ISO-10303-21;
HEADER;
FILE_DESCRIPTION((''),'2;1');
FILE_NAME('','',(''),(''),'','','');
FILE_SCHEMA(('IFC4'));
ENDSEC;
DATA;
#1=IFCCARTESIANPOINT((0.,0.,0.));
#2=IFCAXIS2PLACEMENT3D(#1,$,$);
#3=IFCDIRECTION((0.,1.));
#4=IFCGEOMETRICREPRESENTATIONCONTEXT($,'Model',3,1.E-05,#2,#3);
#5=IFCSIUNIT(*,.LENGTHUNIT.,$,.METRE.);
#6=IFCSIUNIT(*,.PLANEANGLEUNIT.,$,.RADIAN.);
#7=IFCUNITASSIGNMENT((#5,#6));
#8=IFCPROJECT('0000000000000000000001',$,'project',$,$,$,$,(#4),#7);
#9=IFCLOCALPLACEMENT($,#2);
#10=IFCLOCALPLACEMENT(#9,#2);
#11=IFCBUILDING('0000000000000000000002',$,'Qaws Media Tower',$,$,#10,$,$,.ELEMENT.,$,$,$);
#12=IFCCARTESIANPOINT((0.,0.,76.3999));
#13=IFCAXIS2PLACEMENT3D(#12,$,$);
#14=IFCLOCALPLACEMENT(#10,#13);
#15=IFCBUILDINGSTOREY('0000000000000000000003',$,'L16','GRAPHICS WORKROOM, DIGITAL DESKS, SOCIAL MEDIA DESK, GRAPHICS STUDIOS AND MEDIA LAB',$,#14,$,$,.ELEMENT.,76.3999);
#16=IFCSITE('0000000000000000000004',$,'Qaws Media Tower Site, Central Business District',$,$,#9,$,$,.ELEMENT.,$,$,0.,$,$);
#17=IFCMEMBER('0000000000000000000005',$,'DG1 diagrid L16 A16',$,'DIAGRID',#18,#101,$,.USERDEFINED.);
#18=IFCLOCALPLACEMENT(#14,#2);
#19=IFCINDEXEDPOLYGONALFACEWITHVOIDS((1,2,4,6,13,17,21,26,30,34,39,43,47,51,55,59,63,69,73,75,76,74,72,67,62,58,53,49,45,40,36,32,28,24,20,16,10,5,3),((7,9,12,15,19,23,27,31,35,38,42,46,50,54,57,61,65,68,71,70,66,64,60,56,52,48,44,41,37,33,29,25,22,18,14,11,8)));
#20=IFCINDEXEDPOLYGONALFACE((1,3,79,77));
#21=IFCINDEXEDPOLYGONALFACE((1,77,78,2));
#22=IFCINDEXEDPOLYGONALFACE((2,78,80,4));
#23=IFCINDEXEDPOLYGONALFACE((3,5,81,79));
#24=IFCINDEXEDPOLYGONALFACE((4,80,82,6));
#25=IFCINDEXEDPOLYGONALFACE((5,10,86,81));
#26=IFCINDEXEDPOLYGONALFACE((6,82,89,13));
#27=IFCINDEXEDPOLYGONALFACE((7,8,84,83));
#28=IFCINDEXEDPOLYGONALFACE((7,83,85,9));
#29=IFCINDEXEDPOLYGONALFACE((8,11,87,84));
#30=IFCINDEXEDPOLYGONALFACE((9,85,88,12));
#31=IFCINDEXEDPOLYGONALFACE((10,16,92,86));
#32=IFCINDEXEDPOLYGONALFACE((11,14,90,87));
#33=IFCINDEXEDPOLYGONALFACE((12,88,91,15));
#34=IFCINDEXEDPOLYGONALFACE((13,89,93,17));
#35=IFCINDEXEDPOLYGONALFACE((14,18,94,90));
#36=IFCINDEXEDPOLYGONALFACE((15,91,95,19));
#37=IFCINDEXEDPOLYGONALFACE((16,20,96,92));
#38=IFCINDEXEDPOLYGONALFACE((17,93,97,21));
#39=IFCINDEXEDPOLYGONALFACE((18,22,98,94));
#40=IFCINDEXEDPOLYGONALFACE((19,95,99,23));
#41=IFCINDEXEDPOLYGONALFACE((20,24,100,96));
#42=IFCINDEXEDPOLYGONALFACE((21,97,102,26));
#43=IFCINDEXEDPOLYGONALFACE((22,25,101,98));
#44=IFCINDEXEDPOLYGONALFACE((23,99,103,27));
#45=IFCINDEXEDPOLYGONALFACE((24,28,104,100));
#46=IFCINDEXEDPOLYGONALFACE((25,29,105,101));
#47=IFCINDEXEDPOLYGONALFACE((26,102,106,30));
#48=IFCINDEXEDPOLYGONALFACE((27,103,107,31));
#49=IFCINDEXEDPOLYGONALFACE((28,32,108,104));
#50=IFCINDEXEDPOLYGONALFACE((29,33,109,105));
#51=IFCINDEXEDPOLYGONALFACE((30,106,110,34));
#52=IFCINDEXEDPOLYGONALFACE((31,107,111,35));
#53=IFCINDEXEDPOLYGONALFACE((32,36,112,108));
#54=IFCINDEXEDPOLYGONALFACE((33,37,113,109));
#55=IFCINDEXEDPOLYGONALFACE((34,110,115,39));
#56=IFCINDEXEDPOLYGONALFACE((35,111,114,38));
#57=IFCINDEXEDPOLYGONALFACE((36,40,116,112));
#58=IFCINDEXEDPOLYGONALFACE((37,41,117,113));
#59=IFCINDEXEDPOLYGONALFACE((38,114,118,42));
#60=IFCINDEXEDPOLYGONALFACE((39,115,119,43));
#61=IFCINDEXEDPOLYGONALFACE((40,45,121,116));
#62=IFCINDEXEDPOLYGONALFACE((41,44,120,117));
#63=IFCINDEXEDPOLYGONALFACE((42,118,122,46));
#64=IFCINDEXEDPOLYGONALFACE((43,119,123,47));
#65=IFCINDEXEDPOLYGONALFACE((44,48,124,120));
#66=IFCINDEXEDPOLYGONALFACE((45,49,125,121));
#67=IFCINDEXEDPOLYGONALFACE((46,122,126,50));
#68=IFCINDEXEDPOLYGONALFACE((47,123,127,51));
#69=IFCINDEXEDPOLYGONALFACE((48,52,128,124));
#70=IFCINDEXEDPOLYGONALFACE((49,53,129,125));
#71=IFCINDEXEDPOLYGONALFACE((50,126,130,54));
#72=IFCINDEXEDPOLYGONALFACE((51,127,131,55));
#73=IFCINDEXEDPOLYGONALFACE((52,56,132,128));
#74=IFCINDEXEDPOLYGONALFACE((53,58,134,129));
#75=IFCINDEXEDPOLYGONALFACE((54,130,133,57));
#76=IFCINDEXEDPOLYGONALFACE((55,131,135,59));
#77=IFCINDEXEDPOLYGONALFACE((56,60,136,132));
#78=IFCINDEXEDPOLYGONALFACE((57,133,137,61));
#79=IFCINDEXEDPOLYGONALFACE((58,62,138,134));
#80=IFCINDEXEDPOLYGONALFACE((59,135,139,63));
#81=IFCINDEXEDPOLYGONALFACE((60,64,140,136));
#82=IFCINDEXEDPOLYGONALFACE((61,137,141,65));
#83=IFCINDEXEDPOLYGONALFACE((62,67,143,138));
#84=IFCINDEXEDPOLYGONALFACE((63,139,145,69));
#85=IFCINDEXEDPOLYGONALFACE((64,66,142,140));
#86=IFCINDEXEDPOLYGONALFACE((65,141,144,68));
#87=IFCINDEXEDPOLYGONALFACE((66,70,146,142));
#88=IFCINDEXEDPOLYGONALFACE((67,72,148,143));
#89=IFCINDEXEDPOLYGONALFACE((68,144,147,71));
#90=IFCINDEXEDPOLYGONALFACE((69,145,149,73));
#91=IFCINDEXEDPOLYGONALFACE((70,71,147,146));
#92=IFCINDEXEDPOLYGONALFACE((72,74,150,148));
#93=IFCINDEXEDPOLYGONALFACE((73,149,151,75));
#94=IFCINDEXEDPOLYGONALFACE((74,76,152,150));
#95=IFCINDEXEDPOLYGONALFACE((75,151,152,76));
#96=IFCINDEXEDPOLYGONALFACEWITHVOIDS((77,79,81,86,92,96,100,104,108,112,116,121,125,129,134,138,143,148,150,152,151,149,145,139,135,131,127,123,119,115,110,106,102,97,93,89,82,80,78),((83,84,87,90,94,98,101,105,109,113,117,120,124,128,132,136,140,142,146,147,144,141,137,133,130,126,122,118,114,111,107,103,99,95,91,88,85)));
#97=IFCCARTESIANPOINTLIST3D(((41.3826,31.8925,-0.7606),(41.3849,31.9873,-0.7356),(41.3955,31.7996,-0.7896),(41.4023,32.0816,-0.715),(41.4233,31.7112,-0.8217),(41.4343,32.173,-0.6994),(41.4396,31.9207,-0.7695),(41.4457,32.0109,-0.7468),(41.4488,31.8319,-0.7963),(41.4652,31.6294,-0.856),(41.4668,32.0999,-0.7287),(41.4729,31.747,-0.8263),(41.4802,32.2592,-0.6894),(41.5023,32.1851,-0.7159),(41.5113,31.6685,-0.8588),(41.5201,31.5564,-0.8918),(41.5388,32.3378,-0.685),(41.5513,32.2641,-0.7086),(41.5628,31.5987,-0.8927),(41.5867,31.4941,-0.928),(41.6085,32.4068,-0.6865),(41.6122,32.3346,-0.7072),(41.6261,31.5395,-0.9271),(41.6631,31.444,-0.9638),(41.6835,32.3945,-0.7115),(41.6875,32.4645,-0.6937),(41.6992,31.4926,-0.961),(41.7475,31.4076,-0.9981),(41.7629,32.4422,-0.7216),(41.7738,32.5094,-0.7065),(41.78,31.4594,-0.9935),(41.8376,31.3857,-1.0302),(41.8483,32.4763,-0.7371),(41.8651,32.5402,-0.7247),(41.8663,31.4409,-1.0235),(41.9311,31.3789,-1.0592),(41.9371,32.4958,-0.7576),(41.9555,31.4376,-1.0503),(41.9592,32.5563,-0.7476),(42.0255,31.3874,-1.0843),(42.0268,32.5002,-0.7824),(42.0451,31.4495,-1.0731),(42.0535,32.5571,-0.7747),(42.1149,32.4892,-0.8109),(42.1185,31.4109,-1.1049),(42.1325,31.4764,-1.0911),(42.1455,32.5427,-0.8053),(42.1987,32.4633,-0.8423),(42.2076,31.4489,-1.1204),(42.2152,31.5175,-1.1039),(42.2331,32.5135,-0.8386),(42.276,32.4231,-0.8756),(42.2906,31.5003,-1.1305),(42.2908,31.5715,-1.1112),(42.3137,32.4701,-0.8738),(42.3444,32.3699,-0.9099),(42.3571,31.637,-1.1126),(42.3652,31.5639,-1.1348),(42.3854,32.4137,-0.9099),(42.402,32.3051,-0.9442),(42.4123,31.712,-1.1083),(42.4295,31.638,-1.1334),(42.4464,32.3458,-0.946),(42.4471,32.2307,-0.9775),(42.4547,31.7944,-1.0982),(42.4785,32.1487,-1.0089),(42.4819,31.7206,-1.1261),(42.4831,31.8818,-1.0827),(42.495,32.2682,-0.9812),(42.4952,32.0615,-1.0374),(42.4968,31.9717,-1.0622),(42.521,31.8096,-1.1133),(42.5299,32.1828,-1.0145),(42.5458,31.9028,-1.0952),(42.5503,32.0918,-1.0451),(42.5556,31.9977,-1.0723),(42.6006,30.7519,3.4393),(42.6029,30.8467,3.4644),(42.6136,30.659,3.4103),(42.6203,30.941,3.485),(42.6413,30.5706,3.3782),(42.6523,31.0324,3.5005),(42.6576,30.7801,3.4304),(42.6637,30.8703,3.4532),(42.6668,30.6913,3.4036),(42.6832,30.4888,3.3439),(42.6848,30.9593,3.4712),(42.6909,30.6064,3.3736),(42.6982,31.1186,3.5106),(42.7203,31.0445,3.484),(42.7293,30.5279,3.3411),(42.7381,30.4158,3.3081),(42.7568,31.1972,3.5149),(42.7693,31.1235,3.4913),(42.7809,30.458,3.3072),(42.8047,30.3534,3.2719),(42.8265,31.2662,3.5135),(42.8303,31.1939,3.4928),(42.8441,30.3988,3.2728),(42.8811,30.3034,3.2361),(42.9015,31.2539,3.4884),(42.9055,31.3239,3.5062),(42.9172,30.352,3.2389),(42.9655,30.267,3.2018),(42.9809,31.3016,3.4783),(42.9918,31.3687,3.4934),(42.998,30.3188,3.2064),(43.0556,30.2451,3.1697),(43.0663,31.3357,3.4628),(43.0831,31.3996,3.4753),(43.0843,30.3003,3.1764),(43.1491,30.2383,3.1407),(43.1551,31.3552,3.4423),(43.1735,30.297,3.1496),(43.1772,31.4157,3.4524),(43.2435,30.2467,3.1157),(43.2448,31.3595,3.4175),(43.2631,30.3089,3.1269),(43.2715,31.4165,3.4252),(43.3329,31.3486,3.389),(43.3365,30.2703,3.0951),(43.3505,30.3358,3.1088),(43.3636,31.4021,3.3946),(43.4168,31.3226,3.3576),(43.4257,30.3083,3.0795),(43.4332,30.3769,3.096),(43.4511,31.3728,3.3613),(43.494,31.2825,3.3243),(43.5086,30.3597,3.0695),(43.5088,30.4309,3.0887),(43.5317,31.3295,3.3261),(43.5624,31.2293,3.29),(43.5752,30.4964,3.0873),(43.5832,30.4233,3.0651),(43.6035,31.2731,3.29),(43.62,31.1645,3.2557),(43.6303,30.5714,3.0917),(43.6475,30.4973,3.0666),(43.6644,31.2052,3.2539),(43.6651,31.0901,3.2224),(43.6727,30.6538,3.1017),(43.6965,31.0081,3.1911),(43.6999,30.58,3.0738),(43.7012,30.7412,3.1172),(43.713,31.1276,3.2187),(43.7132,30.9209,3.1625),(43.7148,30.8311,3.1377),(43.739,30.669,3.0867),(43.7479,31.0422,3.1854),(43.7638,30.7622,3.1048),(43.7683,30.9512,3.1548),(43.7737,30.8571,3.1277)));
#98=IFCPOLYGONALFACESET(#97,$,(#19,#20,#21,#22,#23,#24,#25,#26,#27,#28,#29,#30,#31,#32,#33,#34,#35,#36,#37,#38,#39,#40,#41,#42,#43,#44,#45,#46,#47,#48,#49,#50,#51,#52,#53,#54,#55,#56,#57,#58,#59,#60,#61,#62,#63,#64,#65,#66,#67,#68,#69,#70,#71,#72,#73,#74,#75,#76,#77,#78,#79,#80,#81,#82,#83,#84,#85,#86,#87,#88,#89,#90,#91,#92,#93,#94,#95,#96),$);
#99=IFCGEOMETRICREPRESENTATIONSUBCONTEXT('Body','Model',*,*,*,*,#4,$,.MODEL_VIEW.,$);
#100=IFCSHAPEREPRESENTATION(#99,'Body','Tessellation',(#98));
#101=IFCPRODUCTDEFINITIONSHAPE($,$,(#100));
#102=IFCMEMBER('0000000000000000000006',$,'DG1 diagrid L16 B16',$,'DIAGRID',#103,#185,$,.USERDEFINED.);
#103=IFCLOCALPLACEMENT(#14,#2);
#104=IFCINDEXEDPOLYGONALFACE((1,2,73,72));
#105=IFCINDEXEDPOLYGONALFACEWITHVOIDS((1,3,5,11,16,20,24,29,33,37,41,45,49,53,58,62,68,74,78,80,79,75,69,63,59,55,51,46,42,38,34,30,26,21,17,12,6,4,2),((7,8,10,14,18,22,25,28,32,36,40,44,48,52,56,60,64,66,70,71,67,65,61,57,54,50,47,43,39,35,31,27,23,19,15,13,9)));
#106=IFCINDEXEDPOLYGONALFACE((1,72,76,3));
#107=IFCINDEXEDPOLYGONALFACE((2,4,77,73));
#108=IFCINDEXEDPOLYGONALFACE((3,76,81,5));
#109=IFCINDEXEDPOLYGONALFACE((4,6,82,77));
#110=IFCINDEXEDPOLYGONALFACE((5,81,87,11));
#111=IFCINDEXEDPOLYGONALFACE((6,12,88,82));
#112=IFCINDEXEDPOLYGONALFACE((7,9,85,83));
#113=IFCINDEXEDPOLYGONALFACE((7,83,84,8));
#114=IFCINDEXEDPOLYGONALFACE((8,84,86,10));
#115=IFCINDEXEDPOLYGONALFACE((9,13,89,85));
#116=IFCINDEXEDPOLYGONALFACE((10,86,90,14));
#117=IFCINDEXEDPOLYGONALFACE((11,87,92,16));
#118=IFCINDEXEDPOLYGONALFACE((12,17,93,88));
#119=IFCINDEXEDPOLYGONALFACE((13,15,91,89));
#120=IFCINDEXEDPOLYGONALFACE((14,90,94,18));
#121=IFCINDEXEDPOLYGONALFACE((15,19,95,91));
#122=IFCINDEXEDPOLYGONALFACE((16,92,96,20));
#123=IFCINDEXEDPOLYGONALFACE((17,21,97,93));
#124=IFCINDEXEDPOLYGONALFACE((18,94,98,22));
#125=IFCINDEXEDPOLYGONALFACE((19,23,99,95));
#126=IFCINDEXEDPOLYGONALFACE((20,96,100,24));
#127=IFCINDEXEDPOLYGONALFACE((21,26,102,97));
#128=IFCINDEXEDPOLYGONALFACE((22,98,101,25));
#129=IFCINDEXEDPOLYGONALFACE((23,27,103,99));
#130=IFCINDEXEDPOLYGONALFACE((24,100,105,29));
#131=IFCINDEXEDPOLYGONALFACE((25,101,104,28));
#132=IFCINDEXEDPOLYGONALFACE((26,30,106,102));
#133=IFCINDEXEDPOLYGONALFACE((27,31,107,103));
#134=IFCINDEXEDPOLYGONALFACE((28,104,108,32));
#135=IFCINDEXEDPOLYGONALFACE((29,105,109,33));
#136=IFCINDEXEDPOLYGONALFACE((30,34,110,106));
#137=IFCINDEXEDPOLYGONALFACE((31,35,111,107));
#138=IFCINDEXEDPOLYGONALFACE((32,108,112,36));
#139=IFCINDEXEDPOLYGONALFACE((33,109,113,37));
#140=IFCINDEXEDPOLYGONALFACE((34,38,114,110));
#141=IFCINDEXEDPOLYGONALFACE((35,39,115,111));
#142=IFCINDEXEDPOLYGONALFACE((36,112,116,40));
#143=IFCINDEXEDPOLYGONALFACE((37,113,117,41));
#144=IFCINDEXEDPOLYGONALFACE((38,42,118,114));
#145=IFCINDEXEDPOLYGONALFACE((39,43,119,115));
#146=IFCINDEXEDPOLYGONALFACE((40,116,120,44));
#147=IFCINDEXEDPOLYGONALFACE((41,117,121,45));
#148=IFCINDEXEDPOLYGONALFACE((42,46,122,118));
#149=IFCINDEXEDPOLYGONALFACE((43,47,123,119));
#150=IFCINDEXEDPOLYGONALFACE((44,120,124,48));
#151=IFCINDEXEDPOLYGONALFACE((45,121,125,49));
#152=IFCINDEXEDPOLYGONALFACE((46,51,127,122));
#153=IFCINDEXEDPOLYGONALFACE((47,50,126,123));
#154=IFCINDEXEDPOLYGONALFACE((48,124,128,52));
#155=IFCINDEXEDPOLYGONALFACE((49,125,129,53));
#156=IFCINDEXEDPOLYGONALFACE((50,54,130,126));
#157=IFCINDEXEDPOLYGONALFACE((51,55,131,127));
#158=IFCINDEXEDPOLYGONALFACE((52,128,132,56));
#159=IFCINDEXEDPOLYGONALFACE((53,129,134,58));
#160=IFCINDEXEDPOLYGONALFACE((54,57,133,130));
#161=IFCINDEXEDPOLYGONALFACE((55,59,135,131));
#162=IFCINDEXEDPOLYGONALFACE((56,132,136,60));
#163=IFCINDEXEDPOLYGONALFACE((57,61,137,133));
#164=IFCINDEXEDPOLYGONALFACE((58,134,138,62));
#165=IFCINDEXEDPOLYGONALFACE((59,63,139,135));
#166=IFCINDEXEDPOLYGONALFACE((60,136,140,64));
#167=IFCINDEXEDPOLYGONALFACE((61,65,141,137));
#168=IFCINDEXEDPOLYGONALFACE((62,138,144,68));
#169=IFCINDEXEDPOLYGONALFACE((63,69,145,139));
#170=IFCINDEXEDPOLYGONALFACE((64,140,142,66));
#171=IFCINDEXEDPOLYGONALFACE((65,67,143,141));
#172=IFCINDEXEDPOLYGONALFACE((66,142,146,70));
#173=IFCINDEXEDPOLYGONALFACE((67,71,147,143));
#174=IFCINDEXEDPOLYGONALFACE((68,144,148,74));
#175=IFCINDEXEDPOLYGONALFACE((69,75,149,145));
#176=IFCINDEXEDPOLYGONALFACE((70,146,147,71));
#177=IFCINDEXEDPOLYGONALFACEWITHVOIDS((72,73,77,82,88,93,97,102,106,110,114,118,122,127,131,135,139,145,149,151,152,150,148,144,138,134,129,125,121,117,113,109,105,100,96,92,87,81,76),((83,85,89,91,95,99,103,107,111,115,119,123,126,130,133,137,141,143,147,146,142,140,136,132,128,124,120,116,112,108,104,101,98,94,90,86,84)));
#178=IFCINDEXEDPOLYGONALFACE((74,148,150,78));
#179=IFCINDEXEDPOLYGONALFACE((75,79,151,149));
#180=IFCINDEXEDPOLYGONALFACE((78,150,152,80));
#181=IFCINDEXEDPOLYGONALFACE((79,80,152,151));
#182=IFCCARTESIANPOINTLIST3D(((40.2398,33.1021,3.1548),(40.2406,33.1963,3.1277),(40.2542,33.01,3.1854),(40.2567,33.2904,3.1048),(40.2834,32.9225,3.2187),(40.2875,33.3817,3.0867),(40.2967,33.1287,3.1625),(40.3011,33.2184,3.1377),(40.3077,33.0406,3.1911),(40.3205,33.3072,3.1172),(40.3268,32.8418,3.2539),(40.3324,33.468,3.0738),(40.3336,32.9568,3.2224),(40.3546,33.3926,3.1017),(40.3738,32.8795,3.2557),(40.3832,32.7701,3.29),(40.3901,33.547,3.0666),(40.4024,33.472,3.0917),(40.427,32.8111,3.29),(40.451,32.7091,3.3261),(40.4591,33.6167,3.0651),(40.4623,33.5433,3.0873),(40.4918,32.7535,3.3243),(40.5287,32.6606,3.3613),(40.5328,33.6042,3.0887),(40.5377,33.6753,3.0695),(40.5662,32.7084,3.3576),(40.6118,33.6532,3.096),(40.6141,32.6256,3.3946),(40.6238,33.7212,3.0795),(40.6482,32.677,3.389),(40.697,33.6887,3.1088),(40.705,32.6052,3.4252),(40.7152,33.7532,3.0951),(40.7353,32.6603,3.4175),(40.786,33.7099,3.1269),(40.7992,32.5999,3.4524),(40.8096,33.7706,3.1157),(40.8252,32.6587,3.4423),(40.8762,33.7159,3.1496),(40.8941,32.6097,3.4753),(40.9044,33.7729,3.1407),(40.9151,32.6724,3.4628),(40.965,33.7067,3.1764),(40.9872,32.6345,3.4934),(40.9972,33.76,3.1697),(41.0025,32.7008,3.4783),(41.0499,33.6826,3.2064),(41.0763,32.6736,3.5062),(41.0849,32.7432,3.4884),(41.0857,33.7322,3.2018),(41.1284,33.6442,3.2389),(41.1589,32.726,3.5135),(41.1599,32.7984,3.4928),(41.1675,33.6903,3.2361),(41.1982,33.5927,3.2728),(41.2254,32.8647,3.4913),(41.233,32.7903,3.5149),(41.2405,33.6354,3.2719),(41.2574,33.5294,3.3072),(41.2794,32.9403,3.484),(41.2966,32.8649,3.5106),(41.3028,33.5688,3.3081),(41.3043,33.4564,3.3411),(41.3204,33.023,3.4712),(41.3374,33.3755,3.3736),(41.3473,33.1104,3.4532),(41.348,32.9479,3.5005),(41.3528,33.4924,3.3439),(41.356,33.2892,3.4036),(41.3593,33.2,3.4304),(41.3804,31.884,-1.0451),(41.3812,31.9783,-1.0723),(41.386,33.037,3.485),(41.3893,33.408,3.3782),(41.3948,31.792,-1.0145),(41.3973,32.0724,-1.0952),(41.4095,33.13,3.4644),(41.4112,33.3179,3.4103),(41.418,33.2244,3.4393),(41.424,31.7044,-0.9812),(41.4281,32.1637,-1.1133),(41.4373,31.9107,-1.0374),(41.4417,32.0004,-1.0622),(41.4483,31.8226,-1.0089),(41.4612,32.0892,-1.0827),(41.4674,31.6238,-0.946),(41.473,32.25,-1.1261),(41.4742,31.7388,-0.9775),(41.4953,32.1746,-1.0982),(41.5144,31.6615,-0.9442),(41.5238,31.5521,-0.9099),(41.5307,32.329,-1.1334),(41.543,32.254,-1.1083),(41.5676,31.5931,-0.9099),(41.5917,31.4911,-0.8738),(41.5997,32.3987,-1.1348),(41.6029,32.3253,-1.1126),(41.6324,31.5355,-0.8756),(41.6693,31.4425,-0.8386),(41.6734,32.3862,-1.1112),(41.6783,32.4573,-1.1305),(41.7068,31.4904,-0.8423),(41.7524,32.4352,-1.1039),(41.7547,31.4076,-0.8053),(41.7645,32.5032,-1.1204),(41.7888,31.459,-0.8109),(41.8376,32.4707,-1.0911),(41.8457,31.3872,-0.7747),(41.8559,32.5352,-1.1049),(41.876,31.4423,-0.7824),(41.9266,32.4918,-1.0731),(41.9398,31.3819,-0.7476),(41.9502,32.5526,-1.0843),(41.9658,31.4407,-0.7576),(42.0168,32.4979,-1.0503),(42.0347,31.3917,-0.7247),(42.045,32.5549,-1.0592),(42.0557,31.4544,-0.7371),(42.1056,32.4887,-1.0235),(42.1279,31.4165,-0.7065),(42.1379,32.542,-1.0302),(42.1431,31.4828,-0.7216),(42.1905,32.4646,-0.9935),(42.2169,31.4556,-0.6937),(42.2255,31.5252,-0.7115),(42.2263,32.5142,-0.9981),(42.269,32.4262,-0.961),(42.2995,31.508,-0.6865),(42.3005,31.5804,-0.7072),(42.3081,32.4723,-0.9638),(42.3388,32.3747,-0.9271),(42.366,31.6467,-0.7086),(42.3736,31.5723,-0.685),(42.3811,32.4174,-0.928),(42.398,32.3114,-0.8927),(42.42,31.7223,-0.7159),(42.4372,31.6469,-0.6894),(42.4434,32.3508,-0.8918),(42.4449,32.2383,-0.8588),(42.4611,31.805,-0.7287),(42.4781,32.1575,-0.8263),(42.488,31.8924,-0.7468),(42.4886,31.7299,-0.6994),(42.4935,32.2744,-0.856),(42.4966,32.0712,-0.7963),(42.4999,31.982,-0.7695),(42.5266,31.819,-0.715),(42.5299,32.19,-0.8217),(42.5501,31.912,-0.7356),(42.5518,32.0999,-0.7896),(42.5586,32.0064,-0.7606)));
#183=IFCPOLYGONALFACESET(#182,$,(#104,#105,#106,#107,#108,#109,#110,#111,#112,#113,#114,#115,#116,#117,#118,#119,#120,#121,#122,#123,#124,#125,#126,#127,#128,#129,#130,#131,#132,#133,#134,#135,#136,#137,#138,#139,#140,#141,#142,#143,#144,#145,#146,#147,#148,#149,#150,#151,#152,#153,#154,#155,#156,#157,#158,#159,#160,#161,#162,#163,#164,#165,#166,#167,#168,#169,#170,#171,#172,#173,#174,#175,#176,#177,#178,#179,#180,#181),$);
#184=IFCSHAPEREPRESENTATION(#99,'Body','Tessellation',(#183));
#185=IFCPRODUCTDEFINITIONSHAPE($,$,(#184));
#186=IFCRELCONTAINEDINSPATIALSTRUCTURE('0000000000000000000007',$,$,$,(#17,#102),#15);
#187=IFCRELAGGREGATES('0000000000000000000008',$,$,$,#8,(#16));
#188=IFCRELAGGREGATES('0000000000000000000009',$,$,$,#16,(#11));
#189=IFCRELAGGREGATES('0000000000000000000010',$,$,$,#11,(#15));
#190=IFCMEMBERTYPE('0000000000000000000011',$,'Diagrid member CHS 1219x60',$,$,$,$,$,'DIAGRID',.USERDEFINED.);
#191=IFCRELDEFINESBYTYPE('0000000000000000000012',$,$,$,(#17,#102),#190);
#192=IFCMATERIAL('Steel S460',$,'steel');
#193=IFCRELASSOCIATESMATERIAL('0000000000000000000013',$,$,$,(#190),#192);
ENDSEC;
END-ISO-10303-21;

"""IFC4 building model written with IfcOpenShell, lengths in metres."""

from ifc_helpers import new_model, si_unit, direction, frame, origin, origin_2d, place, context, subcontext, project, spatial, hollow_circle, extrude, material, material_profile, profile_set, type_object, element, save


model = new_model("IFC4")

# Units and contexts
model_context = context("Model", 3, precision=1e-05, world=origin(), true_north=direction((0.0, 1.0)))
body_context = subcontext(model_context, "Body", "Model", "MODEL_VIEW")
ifc_project = project(units=[si_unit("LENGTHUNIT", "METRE"), si_unit("PLANEANGLEUNIT", "RADIAN")], contexts=[model_context])

# Site, building, storey
site_placement = place(None, origin())
site = spatial("IfcSite", under=ifc_project, at=site_placement, Name="Qaws Media Tower Site, Central Business District", CompositionType="ELEMENT", RefElevation=0.0)
building_placement = place(site_placement, origin())
building = spatial("IfcBuilding", under=site, at=building_placement, Name="Qaws Media Tower", CompositionType="ELEMENT")
storey_placement = place(building_placement, frame((0.0, 0.0, 76.3999)))
storey = spatial("IfcBuildingStorey", under=building, at=storey_placement, Name="L16", Description="GRAPHICS WORKROOM, DIGITAL DESKS, SOCIAL MEDIA DESK, GRAPHICS STUDIOS AND MEDIA LAB", CompositionType="ELEMENT", Elevation=76.3999)

# Members
ifc_material_1 = material(Name="Steel S460", Category="steel")
ifc_material_profile_1 = material_profile(ifc_material_1, hollow_circle(Radius=0.6096, WallThickness=0.0601, at=origin_2d()), Name="CHS 1219x60")
ifc_profile_set_1 = profile_set([ifc_material_profile_1], Name="Steel S460")
member_type_1 = type_object("IfcMemberType", Name="Diagrid member CHS 1219x60", ElementType="DIAGRID", PredefinedType="USERDEFINED", material=ifc_profile_set_1)
for number, where, z_axis, x_axis, name in (
    (1, (41.9688, 31.9688, -0.9099), (0.269514, -0.252389, 0.929334), (0.683537, 0.729916, 0.0), "DG1 diagrid L16 A16"),
    (2, (41.9688, 31.9688, -0.9099), (-0.252389, 0.269514, 0.929334), (-0.729916, -0.683537, 0.0), "DG1 diagrid L16 B16"),
):
    element("IfcMember", number, at=place(storey_placement, frame(where, z_axis=z_axis, x_axis=x_axis)), inside=storey, type_object=member_type_1, Name=name, ObjectType="DIAGRID", PredefinedType="USERDEFINED", context=body_context, shape_type="SweptSolid", body=[
        extrude(hollow_circle(Radius=0.6096, WallThickness=0.0601, at=origin_2d()), origin(), (0.0, 0.0, 1.0), 4.5193),
    ])

save(model, "model.ifc")
